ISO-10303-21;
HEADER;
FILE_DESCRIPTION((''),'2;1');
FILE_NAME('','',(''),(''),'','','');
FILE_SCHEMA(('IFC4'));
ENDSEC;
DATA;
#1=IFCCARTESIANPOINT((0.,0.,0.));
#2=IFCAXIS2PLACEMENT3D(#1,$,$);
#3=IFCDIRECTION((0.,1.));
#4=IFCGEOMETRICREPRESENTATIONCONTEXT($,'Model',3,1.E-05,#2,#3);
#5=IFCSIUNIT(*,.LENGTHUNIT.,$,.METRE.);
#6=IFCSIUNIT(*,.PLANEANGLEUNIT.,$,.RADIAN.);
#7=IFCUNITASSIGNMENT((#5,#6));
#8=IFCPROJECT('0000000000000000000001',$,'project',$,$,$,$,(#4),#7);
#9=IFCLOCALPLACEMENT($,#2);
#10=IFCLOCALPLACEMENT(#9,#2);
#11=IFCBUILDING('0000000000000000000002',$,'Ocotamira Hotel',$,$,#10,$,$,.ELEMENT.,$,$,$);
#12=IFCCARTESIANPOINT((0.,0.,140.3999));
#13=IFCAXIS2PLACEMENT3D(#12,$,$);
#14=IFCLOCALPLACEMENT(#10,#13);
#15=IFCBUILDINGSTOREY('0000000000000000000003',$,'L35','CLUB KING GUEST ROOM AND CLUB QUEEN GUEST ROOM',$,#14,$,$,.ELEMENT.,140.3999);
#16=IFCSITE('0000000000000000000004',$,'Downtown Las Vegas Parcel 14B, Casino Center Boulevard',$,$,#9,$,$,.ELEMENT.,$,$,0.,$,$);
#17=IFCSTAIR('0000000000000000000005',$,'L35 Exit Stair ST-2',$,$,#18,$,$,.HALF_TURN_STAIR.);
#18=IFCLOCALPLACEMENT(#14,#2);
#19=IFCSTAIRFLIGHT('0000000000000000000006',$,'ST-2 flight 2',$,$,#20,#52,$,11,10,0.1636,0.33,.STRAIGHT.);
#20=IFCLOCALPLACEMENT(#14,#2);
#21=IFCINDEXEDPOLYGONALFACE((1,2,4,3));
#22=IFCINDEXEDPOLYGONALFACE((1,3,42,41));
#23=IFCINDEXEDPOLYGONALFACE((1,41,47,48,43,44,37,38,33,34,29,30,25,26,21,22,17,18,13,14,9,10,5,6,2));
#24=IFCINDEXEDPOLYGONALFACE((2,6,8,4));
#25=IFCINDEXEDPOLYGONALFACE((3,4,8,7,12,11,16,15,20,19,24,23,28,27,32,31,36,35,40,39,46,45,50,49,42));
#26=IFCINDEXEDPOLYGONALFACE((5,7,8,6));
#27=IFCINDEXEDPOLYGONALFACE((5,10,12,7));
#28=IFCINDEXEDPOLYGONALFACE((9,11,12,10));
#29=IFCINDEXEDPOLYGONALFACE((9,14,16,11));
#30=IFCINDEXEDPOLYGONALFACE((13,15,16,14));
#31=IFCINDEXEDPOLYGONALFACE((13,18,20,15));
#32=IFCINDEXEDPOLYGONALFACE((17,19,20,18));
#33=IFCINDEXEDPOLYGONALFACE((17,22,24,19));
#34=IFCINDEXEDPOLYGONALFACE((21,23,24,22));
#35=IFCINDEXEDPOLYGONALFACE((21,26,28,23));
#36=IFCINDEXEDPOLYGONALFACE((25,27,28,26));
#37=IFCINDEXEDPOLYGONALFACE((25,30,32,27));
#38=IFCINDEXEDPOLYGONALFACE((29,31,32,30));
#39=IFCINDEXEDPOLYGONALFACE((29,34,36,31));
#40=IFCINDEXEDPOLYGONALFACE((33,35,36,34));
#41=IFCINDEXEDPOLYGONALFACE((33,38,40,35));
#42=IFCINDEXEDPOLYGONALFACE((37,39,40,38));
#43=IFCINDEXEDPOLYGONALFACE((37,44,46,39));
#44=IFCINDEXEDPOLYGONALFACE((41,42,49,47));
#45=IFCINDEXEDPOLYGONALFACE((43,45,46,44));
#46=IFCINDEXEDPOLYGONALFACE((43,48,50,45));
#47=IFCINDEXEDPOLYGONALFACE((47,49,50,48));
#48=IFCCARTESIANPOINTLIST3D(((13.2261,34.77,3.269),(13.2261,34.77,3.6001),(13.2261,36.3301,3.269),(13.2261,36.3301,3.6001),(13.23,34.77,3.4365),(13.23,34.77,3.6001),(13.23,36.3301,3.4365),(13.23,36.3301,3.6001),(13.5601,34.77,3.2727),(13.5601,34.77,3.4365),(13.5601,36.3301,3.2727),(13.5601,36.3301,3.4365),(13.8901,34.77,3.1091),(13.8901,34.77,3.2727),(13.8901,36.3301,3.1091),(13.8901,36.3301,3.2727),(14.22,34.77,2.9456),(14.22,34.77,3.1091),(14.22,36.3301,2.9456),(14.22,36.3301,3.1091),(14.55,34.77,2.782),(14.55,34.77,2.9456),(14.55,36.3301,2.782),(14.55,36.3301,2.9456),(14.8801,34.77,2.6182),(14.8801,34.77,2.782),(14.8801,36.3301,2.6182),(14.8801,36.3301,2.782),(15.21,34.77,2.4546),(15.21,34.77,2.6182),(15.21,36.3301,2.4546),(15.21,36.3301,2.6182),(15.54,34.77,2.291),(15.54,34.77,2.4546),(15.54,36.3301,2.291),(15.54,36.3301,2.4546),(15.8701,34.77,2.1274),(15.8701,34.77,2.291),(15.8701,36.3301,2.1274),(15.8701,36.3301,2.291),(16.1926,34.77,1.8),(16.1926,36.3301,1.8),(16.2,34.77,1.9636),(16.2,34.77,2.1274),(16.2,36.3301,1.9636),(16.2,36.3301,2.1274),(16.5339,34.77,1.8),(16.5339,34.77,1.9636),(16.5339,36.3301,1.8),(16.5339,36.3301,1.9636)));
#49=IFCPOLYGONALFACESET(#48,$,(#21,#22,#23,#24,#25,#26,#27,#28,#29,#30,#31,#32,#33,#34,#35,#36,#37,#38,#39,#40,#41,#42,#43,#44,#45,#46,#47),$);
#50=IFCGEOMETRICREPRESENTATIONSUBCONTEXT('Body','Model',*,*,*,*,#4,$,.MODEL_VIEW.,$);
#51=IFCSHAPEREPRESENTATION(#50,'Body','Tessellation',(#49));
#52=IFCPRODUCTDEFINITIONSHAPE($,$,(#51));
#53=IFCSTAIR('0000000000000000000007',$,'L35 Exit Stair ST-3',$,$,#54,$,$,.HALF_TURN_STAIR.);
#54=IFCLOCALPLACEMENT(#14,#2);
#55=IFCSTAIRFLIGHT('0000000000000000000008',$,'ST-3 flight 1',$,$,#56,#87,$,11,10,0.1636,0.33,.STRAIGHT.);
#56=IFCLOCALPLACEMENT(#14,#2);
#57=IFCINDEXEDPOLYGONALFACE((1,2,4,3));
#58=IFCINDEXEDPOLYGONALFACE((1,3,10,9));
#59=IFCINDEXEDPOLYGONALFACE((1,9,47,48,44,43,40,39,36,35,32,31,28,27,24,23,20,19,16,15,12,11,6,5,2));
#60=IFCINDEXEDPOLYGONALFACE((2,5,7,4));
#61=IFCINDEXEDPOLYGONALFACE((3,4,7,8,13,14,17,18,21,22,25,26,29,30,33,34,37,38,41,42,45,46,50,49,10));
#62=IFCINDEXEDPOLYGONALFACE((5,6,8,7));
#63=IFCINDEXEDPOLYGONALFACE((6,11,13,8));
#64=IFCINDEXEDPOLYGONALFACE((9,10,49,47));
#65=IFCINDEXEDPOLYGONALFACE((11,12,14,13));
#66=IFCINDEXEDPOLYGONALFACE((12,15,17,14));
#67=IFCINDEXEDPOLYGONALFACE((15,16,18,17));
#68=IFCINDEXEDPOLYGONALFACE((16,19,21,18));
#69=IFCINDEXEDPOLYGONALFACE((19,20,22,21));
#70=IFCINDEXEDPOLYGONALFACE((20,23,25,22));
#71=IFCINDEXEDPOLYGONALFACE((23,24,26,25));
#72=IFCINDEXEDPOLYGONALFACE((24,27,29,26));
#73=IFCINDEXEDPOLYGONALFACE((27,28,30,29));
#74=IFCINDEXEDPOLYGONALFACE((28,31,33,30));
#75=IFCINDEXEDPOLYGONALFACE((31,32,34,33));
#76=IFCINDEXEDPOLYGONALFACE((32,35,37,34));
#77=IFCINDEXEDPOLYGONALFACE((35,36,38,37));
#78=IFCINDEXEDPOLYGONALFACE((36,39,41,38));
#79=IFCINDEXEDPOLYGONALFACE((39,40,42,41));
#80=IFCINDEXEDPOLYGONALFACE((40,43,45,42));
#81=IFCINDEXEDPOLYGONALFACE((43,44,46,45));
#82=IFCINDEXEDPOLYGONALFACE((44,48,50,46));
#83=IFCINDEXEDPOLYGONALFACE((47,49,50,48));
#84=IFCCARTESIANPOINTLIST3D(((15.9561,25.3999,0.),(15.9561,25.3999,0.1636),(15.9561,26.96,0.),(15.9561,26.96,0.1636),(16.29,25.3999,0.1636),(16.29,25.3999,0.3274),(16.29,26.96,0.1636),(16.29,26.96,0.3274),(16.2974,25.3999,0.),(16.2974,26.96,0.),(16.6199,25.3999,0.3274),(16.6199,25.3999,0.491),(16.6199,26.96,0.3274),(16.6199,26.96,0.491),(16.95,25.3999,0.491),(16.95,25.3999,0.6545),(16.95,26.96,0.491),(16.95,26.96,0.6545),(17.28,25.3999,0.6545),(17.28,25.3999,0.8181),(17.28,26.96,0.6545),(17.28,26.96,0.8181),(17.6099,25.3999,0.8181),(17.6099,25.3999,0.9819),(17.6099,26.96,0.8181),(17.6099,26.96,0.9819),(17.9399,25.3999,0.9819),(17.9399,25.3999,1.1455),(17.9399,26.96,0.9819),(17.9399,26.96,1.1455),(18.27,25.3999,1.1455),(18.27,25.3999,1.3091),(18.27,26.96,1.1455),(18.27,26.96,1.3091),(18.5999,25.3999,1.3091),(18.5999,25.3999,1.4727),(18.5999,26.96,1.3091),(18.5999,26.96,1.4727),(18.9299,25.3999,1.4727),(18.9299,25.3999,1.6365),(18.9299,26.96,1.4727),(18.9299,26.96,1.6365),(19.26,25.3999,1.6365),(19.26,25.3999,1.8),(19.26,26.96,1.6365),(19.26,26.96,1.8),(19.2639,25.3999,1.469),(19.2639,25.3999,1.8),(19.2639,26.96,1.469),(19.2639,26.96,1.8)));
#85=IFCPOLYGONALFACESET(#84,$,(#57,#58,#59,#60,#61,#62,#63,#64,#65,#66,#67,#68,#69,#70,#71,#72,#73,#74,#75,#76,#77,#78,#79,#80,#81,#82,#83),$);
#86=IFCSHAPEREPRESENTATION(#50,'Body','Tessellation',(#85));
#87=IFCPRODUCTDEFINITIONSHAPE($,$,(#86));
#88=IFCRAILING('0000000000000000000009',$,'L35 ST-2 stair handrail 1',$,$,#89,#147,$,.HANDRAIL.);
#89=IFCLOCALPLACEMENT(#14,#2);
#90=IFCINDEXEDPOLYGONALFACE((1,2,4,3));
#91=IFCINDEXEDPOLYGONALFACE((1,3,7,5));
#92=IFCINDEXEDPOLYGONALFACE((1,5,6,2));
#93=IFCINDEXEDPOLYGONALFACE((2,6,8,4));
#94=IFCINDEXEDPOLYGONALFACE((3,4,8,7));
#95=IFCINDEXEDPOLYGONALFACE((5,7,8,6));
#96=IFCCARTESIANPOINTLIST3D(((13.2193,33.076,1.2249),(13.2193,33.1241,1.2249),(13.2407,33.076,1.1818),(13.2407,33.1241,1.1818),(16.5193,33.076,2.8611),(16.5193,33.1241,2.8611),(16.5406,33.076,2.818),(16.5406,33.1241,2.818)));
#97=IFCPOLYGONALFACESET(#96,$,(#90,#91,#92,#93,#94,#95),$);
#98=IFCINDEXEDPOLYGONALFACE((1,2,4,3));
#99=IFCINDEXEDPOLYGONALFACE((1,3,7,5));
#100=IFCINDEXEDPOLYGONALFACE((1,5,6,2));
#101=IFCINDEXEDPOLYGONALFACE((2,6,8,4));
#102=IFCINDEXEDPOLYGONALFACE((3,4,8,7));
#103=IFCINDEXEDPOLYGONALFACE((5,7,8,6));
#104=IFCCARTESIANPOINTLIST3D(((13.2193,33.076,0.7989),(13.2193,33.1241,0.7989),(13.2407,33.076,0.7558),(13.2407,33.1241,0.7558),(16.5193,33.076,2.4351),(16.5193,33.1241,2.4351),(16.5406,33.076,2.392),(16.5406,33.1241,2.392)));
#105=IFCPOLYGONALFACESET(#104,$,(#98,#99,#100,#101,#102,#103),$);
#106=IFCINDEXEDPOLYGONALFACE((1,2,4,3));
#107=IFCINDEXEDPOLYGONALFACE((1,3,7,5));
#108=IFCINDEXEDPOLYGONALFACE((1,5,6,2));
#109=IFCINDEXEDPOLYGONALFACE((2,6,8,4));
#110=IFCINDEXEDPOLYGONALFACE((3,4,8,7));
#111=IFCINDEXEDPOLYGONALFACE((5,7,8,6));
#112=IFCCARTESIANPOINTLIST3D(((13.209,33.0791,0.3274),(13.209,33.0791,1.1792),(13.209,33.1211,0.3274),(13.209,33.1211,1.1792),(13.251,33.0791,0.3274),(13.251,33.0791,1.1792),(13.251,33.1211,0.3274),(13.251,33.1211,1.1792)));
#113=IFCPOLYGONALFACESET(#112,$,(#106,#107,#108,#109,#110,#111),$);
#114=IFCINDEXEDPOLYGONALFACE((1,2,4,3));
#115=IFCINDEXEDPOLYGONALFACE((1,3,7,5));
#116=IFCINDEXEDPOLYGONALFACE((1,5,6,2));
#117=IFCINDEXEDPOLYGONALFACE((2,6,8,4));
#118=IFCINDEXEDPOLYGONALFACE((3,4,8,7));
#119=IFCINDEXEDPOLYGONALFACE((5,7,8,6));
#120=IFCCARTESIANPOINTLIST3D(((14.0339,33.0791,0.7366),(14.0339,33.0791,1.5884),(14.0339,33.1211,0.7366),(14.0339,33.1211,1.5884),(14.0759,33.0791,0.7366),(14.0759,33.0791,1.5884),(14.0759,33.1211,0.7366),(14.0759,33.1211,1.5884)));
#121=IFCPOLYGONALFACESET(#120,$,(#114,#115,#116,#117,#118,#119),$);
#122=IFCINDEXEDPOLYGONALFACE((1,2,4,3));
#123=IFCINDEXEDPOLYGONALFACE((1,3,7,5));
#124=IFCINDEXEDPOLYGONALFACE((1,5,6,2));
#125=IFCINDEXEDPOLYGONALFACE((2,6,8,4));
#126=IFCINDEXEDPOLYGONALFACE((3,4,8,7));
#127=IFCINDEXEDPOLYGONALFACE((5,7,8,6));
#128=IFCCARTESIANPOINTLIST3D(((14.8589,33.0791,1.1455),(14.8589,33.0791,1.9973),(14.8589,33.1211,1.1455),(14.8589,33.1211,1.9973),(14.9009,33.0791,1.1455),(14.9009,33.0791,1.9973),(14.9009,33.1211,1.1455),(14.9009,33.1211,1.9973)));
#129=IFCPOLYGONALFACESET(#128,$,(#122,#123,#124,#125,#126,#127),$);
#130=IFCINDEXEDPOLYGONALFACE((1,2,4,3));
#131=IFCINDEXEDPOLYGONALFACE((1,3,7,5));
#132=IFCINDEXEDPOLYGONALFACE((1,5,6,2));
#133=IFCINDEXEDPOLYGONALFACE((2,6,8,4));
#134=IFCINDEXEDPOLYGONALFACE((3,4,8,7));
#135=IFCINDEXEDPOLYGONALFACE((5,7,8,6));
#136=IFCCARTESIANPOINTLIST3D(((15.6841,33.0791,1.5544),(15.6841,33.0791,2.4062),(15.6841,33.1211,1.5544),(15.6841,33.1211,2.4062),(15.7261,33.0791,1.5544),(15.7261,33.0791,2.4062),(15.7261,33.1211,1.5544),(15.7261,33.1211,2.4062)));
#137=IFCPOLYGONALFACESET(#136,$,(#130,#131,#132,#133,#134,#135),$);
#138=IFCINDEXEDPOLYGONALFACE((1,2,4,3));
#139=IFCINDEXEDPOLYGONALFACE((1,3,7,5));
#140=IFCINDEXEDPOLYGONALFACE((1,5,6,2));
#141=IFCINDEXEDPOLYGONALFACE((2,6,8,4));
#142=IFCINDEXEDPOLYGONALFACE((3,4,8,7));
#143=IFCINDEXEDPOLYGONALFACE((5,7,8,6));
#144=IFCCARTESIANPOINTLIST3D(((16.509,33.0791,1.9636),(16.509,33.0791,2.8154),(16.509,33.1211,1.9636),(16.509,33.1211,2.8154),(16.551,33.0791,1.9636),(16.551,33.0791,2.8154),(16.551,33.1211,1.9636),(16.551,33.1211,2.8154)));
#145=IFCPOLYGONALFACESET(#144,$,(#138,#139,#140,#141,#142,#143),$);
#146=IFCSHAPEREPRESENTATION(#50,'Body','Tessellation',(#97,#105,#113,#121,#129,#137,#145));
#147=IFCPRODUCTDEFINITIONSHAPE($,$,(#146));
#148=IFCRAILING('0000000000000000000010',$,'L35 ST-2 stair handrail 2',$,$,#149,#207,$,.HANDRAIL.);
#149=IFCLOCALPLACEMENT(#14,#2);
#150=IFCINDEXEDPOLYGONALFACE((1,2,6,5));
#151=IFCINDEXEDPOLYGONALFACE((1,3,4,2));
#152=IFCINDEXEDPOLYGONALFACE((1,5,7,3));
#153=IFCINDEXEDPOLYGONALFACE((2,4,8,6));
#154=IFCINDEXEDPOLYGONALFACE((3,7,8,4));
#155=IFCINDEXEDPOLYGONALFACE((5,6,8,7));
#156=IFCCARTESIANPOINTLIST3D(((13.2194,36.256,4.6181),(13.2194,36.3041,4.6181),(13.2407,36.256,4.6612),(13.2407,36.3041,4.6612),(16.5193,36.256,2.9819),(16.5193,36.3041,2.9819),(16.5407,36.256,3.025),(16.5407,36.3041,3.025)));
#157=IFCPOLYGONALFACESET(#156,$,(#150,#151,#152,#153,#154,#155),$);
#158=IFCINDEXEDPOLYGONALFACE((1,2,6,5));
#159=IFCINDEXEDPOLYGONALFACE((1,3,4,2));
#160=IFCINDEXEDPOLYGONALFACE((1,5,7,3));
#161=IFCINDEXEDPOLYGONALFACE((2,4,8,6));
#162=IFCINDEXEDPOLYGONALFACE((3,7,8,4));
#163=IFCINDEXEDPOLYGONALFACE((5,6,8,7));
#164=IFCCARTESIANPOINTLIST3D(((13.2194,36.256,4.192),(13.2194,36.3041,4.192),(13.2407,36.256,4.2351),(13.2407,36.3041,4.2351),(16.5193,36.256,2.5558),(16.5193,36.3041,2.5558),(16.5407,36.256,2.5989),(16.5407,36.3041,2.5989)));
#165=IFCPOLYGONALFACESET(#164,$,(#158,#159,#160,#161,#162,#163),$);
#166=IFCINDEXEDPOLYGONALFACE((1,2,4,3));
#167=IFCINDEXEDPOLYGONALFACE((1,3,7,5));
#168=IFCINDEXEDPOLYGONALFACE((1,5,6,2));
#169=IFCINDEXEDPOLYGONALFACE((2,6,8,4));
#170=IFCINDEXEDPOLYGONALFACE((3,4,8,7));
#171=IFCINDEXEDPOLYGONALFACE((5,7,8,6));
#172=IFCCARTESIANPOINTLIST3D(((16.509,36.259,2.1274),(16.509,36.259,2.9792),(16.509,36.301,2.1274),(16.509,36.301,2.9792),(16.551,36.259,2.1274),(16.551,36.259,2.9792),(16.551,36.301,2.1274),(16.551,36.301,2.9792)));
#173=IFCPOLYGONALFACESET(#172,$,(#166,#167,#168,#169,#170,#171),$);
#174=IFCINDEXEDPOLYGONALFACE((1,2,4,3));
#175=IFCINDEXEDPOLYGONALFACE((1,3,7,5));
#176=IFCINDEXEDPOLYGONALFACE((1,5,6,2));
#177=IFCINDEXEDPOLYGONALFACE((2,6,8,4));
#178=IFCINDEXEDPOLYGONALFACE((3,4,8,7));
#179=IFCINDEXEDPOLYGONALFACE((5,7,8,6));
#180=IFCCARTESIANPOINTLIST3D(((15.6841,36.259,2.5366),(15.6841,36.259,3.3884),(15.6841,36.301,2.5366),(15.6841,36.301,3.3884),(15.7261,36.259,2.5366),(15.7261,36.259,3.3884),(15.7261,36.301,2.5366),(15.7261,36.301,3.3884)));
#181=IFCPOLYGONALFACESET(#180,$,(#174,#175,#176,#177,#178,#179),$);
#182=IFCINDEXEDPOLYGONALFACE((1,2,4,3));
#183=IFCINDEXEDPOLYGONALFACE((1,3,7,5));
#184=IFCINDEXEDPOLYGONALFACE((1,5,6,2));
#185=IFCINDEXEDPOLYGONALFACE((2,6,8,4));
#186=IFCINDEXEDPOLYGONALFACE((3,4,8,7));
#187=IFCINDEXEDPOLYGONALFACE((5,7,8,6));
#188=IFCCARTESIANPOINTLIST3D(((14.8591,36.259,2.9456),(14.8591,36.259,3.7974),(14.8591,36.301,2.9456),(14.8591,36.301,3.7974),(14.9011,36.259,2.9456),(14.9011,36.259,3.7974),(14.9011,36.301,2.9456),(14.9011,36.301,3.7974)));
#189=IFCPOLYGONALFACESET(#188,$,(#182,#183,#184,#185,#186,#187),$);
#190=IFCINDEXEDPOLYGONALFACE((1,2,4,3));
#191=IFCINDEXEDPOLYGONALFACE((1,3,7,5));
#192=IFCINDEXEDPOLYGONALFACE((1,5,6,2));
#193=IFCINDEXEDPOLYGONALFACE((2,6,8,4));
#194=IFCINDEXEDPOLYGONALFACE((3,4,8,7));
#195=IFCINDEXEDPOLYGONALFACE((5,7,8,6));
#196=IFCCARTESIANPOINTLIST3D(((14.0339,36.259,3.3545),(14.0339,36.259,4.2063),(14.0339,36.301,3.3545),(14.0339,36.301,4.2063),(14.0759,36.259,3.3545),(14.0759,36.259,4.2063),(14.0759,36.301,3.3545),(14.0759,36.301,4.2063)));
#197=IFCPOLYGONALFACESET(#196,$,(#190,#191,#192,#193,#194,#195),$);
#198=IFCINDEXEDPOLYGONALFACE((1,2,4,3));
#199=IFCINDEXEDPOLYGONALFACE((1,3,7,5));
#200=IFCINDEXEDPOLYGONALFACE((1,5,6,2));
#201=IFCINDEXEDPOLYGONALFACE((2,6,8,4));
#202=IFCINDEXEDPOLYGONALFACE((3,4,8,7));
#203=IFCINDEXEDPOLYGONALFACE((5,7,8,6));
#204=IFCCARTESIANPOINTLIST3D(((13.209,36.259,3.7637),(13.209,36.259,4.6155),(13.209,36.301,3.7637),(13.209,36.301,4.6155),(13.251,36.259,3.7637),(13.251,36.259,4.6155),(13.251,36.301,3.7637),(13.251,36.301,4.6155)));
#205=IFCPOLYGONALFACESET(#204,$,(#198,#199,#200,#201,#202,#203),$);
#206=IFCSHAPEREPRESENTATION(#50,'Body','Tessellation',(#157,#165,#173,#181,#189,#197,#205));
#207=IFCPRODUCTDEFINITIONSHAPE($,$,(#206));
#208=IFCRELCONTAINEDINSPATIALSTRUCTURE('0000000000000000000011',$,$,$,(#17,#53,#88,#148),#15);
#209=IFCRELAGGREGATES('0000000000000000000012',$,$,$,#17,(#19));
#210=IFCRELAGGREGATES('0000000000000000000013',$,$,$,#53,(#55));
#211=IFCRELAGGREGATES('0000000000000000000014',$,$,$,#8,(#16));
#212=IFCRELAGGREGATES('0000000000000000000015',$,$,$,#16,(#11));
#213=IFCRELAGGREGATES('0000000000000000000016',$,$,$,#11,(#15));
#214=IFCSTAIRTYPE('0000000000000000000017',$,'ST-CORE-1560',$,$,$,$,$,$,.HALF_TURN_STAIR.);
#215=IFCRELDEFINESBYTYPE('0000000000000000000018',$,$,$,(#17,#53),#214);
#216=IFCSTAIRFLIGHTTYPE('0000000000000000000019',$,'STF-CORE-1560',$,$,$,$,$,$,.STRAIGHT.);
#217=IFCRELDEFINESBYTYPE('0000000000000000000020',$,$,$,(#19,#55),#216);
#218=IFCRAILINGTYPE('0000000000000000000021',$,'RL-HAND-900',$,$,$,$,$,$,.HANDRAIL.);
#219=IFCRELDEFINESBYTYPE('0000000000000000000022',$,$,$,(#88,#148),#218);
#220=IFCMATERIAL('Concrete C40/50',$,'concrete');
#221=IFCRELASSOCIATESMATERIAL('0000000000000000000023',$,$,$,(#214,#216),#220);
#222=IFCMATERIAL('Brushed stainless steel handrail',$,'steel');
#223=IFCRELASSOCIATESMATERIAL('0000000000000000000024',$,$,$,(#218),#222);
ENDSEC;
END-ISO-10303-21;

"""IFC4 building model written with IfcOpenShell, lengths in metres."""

from ifc_helpers import new_model, si_unit, direction, frame, origin, origin_2d, place, context, subcontext, project, spatial, polyline, rectangle, outline, extrude, source, transform, mapped, material, type_object, element, aggregate, save


model = new_model("IFC4")

# Units and contexts
model_context = context("Model", 3, precision=1e-05, world=origin(), true_north=direction((0.0, 1.0)))
body_context = subcontext(model_context, "Body", "Model", "MODEL_VIEW")
ifc_project = project(units=[si_unit("LENGTHUNIT", "METRE"), si_unit("PLANEANGLEUNIT", "RADIAN")], contexts=[model_context])

# Site, building, storey
site_placement = place(None, origin())
site = spatial("IfcSite", under=ifc_project, at=site_placement, Name="Downtown Las Vegas Parcel 14B, Casino Center Boulevard", CompositionType="ELEMENT", RefElevation=0.0)
building_placement = place(site_placement, origin())
building = spatial("IfcBuilding", under=site, at=building_placement, Name="Ocotamira Hotel", CompositionType="ELEMENT")
storey_placement = place(building_placement, frame((0.0, 0.0, 140.3999)))
storey = spatial("IfcBuildingStorey", under=building, at=storey_placement, Name="L35", Description="CLUB KING GUEST ROOM AND CLUB QUEEN GUEST ROOM", CompositionType="ELEMENT", Elevation=140.3999)

# Stair, stair flight
ifc_material_1 = material(Name="Concrete C40/50", Category="concrete")
stair_type = type_object("IfcStairType", Name="ST-CORE-1560", PredefinedType="HALF_TURN_STAIR", material=ifc_material_1)
stair_1_placement = place(storey_placement, origin())
stair_1 = element("IfcStair", 1, at=stair_1_placement, inside=storey, type_object=stair_type, Name="L35 Exit Stair ST-2", PredefinedType="HALF_TURN_STAIR")
stair_flight_type = type_object("IfcStairFlightType", Name="STF-CORE-1560", PredefinedType="STRAIGHT", material=ifc_material_1)
shared_shape_1 = source(origin(), body_context, "Body", "SweptSolid", [
    extrude(outline(polyline([(-0.0039, 0.0), (-0.0039, 0.1636), (0.3301, 0.1636), (0.3301, 0.3274), (0.6599, 0.3274), (0.6599, 0.491), (0.99, 0.491), (0.99, 0.6545), (1.3201, 0.6545), (1.3201, 0.8181), (1.6499, 0.8181), (1.6499, 0.9819), (1.98, 0.9819), (1.98, 1.1455), (2.3101, 1.1455), (2.3101, 1.3091), (2.6399, 1.3091), (2.6399, 1.4727), (2.97, 1.4727), (2.97, 1.6365), (3.3, 1.6365), (3.3, 1.8), (3.304, 1.8), (3.304, 1.469), (0.3374, 0.0), (-0.0039, 0.0)])), frame((0.0, 0.78, 0.0), z_axis=(0.0, -1.0, 0.0), x_axis=(1.0, 0.0, 0.0)), (0.0, 0.0, 1.0), 1.5601),
])
stair_flight_1_placement = place(storey_placement, frame((16.53, 35.55, 1.8), z_axis=(0.0, 0.0, 1.0), x_axis=(-1.0, 0.0, 0.0)))
stair_flight_1 = element("IfcStairFlight", 2, at=stair_flight_1_placement, type_object=stair_flight_type, Name="ST-2 flight 2", NumberOfRisers=11, NumberOfTreads=10, PredefinedType="STRAIGHT", RiserHeight=0.1636, TreadLength=0.33, context=body_context, shape_type="MappedRepresentation", body=[
    mapped(shared_shape_1, transform((0.0, 0.0, 0.0), scale=1.0)),
])
aggregate(stair_1, [stair_flight_1])

# Stair, stair flight
stair_2_placement = place(storey_placement, origin())
stair_2 = element("IfcStair", 3, at=stair_2_placement, inside=storey, type_object=stair_type, Name="L35 Exit Stair ST-3", PredefinedType="HALF_TURN_STAIR")
stair_flight_2_placement = place(storey_placement, frame((15.96, 26.1799, 0.0), z_axis=(0.0, 0.0, 1.0), x_axis=(1.0, 0.0, 0.0)))
stair_flight_2 = element("IfcStairFlight", 4, at=stair_flight_2_placement, type_object=stair_flight_type, Name="ST-3 flight 1", NumberOfRisers=11, NumberOfTreads=10, PredefinedType="STRAIGHT", RiserHeight=0.1636, TreadLength=0.33, context=body_context, shape_type="MappedRepresentation", body=[
    mapped(shared_shape_1, transform((0.0, 0.0, 0.0), scale=1.0)),
])
aggregate(stair_2, [stair_flight_2])

# Railings
ifc_material_2 = material(Name="Brushed stainless steel handrail", Category="steel")
railing_type_1 = type_object("IfcRailingType", Name="RL-HAND-900", PredefinedType="HANDRAIL", material=ifc_material_2)
railing_1_placement = place(storey_placement, frame((13.23, 33.1001, 0.3274)))
element("IfcRailing", 5, at=railing_1_placement, inside=storey, type_object=railing_type_1, Name="L35 ST-2 stair handrail 1", PredefinedType="HANDRAIL", context=body_context, shape_type="SweptSolid", body=[
    extrude(rectangle(XDim=0.0481, YDim=0.0481, at=origin_2d()), frame((0.0, 0.0, 0.876), z_axis=(0.89592, 0.0, 0.444215), x_axis=(0.0, 1.0, 0.0)), (0.0, 0.0, 1.0), 3.6833),
    extrude(rectangle(XDim=0.0481, YDim=0.0481, at=origin_2d()), frame((0.0, 0.0, 0.45), z_axis=(0.89592, 0.0, 0.444215), x_axis=(0.0, 1.0, 0.0)), (0.0, 0.0, 1.0), 3.6833),
    extrude(rectangle(XDim=0.042, YDim=0.042, at=origin_2d()), origin(), (0.0, 0.0, 1.0), 0.8518),
    extrude(rectangle(XDim=0.042, YDim=0.042, at=origin_2d()), frame((0.825, 0.0, 0.4092)), (0.0, 0.0, 1.0), 0.8518),
    extrude(rectangle(XDim=0.042, YDim=0.042, at=origin_2d()), frame((1.6499, 0.0, 0.8181)), (0.0, 0.0, 1.0), 0.8518),
    extrude(rectangle(XDim=0.042, YDim=0.042, at=origin_2d()), frame((2.4751, 0.0, 1.2271)), (0.0, 0.0, 1.0), 0.8518),
    extrude(rectangle(XDim=0.042, YDim=0.042, at=origin_2d()), frame((3.3, 0.0, 1.6362)), (0.0, 0.0, 1.0), 0.8518),
])
railing_2_placement = place(storey_placement, frame((16.53, 36.28, 2.1274)))
element("IfcRailing", 6, at=railing_2_placement, inside=storey, type_object=railing_type_1, Name="L35 ST-2 stair handrail 2", PredefinedType="HANDRAIL", context=body_context, shape_type="SweptSolid", body=[
    extrude(rectangle(XDim=0.0481, YDim=0.0481, at=origin_2d()), frame((0.0, 0.0, 0.876), z_axis=(-0.89592, 0.0, 0.444215), x_axis=(0.0, -1.0, 0.0)), (0.0, 0.0, 1.0), 3.6833),
    extrude(rectangle(XDim=0.0481, YDim=0.0481, at=origin_2d()), frame((0.0, 0.0, 0.45), z_axis=(-0.89592, 0.0, 0.444215), x_axis=(0.0, -1.0, 0.0)), (0.0, 0.0, 1.0), 3.6833),
    extrude(rectangle(XDim=0.042, YDim=0.042, at=origin_2d()), origin(), (0.0, 0.0, 1.0), 0.8518),
    extrude(rectangle(XDim=0.042, YDim=0.042, at=origin_2d()), frame((-0.825, 0.0, 0.4092)), (0.0, 0.0, 1.0), 0.8518),
    extrude(rectangle(XDim=0.042, YDim=0.042, at=origin_2d()), frame((-1.6499, 0.0, 0.8181)), (0.0, 0.0, 1.0), 0.8518),
    extrude(rectangle(XDim=0.042, YDim=0.042, at=origin_2d()), frame((-2.4751, 0.0, 1.2271)), (0.0, 0.0, 1.0), 0.8518),
    extrude(rectangle(XDim=0.042, YDim=0.042, at=origin_2d()), frame((-3.3, 0.0, 1.6362)), (0.0, 0.0, 1.0), 0.8518),
])

save(model, "model.ifc")
